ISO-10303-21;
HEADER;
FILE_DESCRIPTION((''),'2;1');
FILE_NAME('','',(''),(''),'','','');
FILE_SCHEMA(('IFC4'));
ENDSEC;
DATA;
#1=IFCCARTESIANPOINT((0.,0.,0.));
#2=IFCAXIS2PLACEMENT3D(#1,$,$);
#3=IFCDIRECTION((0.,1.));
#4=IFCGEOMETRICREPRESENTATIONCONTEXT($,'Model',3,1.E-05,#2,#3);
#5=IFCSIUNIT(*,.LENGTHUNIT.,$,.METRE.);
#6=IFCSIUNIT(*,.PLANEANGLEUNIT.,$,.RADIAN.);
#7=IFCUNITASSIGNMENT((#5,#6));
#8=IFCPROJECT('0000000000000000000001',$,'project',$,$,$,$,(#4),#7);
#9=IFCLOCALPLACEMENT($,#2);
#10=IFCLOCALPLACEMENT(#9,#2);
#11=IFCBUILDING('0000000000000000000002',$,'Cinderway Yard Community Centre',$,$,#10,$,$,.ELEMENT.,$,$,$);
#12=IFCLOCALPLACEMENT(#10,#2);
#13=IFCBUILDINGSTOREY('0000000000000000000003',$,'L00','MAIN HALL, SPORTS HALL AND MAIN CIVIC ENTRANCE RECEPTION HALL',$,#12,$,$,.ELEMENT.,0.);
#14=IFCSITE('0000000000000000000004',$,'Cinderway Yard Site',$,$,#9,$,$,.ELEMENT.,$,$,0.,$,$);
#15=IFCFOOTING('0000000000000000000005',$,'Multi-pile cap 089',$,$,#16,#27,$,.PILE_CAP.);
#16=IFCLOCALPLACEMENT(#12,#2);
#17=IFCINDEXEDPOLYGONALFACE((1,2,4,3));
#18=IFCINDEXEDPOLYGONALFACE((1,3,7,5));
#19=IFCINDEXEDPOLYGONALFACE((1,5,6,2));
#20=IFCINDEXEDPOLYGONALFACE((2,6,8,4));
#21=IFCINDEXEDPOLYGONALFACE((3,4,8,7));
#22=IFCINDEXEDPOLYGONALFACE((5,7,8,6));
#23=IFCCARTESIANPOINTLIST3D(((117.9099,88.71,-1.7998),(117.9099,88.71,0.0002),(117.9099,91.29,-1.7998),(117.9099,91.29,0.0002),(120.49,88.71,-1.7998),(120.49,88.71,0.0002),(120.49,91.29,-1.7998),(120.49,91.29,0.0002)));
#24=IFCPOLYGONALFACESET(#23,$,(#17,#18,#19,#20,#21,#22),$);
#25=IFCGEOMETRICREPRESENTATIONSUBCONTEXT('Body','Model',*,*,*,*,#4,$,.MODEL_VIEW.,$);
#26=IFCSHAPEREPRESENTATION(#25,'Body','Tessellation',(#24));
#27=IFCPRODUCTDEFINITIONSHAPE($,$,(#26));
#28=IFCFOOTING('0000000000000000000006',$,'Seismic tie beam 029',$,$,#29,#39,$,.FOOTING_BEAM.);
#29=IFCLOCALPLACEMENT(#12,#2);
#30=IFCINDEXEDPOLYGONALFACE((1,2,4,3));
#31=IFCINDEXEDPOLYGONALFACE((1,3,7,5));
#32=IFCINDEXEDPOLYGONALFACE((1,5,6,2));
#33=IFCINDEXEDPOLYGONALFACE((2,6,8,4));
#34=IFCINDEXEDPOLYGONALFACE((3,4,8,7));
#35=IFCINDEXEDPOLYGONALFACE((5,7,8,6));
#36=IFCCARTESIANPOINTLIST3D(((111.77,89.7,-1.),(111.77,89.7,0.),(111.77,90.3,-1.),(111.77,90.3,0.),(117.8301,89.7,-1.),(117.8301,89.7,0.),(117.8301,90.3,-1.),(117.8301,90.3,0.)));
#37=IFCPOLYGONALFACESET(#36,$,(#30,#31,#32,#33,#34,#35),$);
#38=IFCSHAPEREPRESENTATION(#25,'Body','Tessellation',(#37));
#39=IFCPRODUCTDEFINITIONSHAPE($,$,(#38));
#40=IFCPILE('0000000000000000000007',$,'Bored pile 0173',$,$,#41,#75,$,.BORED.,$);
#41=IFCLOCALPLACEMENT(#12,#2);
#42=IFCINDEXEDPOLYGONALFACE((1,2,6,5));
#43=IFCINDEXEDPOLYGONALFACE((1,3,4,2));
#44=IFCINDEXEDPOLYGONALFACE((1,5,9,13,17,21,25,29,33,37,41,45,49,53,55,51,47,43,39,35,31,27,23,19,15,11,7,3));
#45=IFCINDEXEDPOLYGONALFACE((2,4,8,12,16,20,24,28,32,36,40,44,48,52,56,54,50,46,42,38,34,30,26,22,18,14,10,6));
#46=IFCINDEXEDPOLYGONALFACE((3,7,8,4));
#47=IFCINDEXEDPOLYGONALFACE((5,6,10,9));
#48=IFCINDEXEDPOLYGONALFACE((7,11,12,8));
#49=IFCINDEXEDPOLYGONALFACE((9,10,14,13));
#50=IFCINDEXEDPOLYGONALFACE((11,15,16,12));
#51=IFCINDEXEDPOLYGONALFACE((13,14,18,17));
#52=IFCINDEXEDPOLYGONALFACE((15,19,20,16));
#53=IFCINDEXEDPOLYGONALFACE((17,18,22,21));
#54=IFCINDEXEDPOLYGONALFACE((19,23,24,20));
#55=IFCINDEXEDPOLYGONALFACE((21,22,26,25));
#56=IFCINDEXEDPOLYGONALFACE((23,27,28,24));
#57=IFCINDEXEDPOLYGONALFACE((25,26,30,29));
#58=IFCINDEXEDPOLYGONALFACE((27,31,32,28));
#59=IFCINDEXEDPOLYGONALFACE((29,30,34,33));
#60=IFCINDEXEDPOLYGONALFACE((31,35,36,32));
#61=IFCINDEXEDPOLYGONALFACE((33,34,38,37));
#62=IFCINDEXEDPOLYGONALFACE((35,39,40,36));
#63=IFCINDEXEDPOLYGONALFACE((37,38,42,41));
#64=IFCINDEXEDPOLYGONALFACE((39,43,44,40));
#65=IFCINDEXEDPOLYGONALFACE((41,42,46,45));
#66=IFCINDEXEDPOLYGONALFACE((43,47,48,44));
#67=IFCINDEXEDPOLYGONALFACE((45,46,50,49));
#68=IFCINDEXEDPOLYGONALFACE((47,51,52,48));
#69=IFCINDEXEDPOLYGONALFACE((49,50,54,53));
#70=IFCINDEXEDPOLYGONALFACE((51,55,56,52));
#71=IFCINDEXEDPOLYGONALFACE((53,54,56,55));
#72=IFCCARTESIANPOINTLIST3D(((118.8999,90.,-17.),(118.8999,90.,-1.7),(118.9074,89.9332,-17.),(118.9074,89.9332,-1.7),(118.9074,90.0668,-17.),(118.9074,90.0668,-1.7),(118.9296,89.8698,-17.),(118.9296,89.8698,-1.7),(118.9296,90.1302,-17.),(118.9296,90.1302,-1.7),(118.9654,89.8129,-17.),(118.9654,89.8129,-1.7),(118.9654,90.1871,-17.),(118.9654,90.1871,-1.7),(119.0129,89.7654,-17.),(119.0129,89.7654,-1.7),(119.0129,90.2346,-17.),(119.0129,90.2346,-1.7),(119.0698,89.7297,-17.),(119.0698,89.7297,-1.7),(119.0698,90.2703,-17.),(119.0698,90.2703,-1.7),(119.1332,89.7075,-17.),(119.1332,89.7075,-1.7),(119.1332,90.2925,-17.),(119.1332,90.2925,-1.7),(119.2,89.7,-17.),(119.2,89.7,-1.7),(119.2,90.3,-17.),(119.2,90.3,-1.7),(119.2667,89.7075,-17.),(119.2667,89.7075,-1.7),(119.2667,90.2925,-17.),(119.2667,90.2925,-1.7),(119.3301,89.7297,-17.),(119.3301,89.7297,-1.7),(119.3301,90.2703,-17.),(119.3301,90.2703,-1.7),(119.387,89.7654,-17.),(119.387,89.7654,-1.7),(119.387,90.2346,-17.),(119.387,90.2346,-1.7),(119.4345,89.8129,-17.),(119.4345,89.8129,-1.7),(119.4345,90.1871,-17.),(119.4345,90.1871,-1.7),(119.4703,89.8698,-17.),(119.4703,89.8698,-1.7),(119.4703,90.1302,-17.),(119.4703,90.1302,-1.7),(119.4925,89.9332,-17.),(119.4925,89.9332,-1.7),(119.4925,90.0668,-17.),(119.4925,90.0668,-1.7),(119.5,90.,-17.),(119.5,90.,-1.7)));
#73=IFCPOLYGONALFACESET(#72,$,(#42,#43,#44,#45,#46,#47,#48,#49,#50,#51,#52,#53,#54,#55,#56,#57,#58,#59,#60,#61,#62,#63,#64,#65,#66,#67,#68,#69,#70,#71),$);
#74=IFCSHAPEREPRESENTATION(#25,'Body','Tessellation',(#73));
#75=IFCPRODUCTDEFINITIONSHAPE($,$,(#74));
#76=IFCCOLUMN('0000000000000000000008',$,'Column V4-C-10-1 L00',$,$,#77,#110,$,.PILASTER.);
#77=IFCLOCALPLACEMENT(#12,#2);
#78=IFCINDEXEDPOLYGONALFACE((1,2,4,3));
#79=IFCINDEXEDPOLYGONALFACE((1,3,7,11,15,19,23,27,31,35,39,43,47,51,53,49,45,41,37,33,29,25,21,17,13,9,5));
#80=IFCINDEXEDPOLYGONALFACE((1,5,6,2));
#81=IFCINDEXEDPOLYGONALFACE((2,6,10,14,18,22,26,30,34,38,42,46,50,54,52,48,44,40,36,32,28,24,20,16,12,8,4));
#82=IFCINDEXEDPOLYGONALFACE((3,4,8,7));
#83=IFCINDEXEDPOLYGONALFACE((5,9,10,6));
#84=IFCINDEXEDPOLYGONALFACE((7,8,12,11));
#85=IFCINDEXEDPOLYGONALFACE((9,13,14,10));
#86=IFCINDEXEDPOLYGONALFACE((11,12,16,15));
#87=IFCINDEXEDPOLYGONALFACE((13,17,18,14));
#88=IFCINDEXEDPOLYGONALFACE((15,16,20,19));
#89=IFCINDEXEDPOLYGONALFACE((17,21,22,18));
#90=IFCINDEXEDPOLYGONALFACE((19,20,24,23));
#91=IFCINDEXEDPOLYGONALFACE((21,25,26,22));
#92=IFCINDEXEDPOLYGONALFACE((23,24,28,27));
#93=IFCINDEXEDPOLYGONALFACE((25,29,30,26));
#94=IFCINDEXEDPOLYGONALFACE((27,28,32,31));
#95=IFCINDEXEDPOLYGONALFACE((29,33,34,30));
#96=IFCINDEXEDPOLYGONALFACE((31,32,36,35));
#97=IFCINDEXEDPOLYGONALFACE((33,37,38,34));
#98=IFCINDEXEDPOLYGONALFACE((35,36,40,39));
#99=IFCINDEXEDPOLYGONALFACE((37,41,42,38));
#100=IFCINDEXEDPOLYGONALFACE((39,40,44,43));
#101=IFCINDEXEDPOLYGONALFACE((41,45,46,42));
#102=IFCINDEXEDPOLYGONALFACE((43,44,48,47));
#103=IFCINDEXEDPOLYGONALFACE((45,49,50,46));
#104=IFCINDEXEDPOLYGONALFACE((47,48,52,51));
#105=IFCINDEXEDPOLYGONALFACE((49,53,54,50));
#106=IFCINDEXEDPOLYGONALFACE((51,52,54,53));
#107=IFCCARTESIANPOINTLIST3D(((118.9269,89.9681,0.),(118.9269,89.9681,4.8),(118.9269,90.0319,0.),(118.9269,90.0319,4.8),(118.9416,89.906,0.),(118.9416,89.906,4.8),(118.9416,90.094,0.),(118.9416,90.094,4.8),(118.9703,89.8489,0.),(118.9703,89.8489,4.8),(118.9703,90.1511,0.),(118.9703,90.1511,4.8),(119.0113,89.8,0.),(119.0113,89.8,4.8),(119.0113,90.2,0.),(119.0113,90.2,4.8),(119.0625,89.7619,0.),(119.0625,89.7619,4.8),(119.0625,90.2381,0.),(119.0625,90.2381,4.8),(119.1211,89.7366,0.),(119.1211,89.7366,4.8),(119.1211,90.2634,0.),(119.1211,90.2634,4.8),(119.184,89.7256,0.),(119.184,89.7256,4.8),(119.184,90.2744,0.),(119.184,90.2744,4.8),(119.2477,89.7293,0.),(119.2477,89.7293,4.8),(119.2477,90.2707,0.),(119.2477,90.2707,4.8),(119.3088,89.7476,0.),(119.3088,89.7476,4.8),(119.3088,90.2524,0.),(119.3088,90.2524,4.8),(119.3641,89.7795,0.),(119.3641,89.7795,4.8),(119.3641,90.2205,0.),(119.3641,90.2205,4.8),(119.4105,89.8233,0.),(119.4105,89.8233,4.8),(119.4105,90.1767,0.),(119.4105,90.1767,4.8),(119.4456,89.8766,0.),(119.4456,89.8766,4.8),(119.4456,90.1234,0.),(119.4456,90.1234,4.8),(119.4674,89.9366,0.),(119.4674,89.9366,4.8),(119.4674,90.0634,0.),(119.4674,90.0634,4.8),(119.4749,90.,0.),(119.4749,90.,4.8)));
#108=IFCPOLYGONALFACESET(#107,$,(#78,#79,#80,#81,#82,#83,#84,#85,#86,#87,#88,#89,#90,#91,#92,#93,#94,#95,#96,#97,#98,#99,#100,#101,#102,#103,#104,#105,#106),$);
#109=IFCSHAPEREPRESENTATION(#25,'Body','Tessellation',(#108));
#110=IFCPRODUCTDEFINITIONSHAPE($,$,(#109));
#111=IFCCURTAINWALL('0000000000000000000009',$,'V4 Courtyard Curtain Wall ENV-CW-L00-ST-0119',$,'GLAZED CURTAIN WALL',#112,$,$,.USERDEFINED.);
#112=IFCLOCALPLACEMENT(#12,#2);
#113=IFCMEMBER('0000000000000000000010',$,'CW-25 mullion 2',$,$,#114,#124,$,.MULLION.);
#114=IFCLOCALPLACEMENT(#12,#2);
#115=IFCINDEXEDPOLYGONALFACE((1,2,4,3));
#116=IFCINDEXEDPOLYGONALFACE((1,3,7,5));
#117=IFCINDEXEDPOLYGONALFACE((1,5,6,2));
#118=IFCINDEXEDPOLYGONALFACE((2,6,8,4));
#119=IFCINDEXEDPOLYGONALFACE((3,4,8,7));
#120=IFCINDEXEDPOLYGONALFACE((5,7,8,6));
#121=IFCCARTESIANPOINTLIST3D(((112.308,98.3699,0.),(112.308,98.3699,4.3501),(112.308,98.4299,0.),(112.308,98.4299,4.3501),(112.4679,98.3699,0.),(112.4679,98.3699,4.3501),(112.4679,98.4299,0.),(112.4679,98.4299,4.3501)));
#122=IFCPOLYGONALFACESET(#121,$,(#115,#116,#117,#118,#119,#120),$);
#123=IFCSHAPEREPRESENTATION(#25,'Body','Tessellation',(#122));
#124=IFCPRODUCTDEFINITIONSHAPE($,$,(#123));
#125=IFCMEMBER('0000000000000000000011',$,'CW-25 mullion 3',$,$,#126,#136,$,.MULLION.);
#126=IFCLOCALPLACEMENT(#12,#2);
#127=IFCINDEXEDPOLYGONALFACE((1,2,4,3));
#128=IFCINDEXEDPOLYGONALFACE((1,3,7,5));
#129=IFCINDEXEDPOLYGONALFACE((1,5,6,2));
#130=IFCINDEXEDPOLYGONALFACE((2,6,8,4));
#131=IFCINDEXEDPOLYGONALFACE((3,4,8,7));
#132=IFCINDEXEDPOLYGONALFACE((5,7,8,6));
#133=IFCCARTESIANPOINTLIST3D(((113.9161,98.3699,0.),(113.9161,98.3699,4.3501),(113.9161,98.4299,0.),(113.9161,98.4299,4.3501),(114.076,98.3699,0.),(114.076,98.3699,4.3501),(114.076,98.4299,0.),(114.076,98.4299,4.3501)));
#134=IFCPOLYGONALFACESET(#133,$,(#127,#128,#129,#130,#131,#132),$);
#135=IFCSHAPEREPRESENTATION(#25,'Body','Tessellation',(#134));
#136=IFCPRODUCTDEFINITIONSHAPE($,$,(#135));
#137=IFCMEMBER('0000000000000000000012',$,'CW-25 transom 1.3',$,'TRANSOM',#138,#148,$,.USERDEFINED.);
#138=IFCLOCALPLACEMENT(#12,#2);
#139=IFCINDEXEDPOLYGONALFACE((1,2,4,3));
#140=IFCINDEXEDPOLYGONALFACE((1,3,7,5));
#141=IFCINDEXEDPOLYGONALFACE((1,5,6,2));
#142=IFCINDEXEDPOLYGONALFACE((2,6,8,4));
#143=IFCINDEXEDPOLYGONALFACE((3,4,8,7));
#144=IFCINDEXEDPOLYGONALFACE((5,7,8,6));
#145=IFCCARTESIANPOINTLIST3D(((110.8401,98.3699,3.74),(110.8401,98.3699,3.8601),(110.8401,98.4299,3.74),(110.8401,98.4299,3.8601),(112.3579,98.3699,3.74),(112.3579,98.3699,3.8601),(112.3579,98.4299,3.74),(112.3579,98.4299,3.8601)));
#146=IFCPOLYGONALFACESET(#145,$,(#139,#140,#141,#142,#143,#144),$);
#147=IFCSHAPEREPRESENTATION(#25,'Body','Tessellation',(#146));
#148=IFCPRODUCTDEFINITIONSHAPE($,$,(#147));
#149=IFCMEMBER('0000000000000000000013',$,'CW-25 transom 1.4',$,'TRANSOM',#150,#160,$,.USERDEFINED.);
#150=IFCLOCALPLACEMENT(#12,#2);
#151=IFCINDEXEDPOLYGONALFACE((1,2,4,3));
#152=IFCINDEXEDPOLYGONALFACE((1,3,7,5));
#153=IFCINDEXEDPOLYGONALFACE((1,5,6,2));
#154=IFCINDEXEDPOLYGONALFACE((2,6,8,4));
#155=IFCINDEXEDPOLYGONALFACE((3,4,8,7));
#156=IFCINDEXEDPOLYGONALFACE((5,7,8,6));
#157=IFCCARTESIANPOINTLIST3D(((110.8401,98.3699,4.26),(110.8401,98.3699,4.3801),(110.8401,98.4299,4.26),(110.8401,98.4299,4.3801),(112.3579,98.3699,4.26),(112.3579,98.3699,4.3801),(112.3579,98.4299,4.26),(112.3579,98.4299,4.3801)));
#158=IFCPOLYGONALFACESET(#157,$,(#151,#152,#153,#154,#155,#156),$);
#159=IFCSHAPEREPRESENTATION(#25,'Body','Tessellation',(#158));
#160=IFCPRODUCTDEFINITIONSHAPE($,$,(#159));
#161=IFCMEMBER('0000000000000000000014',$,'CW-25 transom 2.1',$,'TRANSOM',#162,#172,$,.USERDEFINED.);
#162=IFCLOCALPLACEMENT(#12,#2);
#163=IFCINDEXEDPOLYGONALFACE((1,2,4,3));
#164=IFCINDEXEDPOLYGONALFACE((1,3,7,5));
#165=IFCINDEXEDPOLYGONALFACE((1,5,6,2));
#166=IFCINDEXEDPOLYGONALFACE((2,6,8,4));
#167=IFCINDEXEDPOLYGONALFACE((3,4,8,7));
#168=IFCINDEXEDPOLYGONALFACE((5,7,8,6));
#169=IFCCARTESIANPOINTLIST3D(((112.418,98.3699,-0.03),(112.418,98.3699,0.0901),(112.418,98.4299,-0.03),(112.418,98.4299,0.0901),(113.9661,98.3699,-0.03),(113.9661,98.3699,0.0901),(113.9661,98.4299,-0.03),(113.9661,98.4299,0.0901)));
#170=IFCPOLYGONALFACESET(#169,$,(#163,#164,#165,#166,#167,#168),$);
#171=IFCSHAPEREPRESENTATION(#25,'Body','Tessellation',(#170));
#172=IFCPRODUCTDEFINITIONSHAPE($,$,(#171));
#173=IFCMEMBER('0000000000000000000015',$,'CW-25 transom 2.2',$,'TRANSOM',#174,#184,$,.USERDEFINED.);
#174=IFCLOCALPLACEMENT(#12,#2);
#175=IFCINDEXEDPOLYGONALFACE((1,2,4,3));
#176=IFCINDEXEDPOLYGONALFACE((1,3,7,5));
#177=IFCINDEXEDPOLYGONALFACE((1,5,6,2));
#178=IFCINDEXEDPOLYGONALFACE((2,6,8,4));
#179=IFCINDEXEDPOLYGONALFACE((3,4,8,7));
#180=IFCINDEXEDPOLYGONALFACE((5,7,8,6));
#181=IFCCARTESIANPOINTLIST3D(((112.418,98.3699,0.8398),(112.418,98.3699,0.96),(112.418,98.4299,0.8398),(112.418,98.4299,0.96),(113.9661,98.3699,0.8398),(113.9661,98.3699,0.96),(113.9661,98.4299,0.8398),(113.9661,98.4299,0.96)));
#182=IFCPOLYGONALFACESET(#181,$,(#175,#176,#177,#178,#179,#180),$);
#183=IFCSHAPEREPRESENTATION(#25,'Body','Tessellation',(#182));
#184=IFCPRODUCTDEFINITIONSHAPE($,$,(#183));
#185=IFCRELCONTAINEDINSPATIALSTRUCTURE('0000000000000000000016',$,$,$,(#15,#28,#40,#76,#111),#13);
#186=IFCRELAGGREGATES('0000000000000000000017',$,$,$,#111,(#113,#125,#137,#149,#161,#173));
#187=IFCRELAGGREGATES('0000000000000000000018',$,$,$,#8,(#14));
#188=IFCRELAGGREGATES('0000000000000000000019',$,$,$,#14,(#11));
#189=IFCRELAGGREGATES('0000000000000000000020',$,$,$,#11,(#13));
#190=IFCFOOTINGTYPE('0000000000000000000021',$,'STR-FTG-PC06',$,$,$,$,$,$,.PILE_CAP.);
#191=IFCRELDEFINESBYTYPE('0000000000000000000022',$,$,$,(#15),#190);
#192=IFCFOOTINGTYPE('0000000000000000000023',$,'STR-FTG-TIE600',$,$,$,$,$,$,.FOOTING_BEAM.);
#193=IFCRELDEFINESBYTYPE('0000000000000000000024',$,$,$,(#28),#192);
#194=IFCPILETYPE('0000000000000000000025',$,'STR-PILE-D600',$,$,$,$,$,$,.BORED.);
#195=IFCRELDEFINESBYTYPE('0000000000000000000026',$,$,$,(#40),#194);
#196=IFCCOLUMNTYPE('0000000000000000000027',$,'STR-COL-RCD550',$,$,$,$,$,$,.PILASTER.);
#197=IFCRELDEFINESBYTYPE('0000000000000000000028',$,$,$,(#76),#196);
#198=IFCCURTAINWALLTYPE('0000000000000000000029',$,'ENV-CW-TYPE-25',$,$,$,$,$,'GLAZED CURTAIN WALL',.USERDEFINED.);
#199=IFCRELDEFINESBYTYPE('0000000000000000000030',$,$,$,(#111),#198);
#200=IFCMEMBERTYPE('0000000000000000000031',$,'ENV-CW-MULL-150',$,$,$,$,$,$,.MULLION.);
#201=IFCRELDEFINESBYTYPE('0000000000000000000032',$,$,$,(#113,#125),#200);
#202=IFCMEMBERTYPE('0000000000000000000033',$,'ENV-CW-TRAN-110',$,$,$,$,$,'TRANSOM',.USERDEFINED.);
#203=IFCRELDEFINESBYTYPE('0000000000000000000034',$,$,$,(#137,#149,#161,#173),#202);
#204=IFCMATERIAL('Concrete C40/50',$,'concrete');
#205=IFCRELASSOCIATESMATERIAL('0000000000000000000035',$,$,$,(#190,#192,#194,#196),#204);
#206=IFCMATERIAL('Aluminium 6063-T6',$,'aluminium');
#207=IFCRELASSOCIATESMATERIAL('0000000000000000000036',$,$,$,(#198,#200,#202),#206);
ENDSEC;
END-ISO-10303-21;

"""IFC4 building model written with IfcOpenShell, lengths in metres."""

from ifc_helpers import new_model, si_unit, direction, frame, origin, origin_2d, place, context, subcontext, project, spatial, rectangle, circle, extrude, material, material_profile, profile_set, type_object, element, aggregate, save


model = new_model("IFC4")

# Units and contexts
model_context = context("Model", 3, precision=1e-05, world=origin(), true_north=direction((0.0, 1.0)))
body_context = subcontext(model_context, "Body", "Model", "MODEL_VIEW")
ifc_project = project(units=[si_unit("LENGTHUNIT", "METRE"), si_unit("PLANEANGLEUNIT", "RADIAN")], contexts=[model_context])

# Site, building, storey
site_placement = place(None, origin())
site = spatial("IfcSite", under=ifc_project, at=site_placement, Name="Cinderway Yard Site", CompositionType="ELEMENT", RefElevation=0.0)
building_placement = place(site_placement, origin())
building = spatial("IfcBuilding", under=site, at=building_placement, Name="Cinderway Yard Community Centre", CompositionType="ELEMENT")
storey_placement = place(building_placement, origin())
storey = spatial("IfcBuildingStorey", under=building, at=storey_placement, Name="L00", Description="MAIN HALL, SPORTS HALL AND MAIN CIVIC ENTRANCE RECEPTION HALL", CompositionType="ELEMENT", Elevation=0.0)

# Footings
ifc_material_1 = material(Name="Concrete C40/50", Category="concrete")
footing_type_1 = type_object("IfcFootingType", Name="STR-FTG-PC06", PredefinedType="PILE_CAP", material=ifc_material_1)
footing_1_placement = place(storey_placement, frame((119.2, 90.0, -1.7998), z_axis=(0.0, 0.0, 1.0), x_axis=(1.0, 0.0, 0.0)))
element("IfcFooting", 1, at=footing_1_placement, inside=storey, type_object=footing_type_1, Name="Multi-pile cap 089", PredefinedType="PILE_CAP", context=body_context, shape_type="SweptSolid", body=[
    extrude(rectangle(XDim=2.5801, YDim=2.5801, at=origin_2d()), origin(), (0.0, 0.0, 1.0), 1.8),
])
footing_type_2 = type_object("IfcFootingType", Name="STR-FTG-TIE600", PredefinedType="FOOTING_BEAM", material=ifc_material_1)
footing_2_placement = place(storey_placement, frame((114.8, 90.0, -1.0), z_axis=(0.0, 0.0, 1.0), x_axis=(1.0, 0.0, 0.0)))
element("IfcFooting", 2, at=footing_2_placement, inside=storey, type_object=footing_type_2, Name="Seismic tie beam 029", PredefinedType="FOOTING_BEAM", context=body_context, shape_type="SweptSolid", body=[
    extrude(rectangle(XDim=6.0601, YDim=0.6001, at=origin_2d()), origin(), (0.0, 0.0, 1.0), 1.0),
])

# Pile
ifc_material_profile_1 = material_profile(ifc_material_1, circle(Radius=0.3, at=origin_2d()), Name="Concrete C40/50")
ifc_profile_set_1 = profile_set([ifc_material_profile_1], Name="Concrete C40/50")
pile_type = type_object("IfcPileType", Name="STR-PILE-D600", PredefinedType="BORED", material=ifc_profile_set_1)
pile_placement = place(storey_placement, frame((119.2, 90.0, -1.7), z_axis=(0.0, 0.0, -1.0), x_axis=(1.0, 0.0, 0.0)))
element("IfcPile", 3, at=pile_placement, inside=storey, type_object=pile_type, Name="Bored pile 0173", PredefinedType="BORED", context=body_context, shape_type="SweptSolid", body=[
    extrude(circle(Radius=0.3, at=origin_2d()), origin(), (0.0, 0.0, 1.0), 15.3),
])

# Column
ifc_material_profile_2 = material_profile(ifc_material_1, circle(Radius=0.2749, at=origin_2d()), Name="Concrete C40/50")
ifc_profile_set_2 = profile_set([ifc_material_profile_2], Name="Concrete C40/50")
column_type = type_object("IfcColumnType", Name="STR-COL-RCD550", PredefinedType="PILASTER", material=ifc_profile_set_2)
column_placement = place(storey_placement, frame((119.2, 90.0, 0.0), z_axis=(0.0, 0.0, 1.0), x_axis=(1.0, 0.0, 0.0)))
element("IfcColumn", 4, at=column_placement, inside=storey, type_object=column_type, Name="Column V4-C-10-1 L00", PredefinedType="PILASTER", context=body_context, shape_type="SweptSolid", body=[
    extrude(circle(Radius=0.2749, at=origin_2d()), origin(), (0.0, 0.0, 1.0), 4.8),
])

# Curtain wall, members
ifc_material_2 = material(Name="Aluminium 6063-T6", Category="aluminium")
curtain_wall_type = type_object("IfcCurtainWallType", Name="ENV-CW-TYPE-25", ElementType="GLAZED CURTAIN WALL", PredefinedType="USERDEFINED", material=ifc_material_2)
curtain_wall_placement = place(storey_placement, origin())
curtain_wall = element("IfcCurtainWall", 5, at=curtain_wall_placement, inside=storey, type_object=curtain_wall_type, Name="V4 Courtyard Curtain Wall ENV-CW-L00-ST-0119", ObjectType="GLAZED CURTAIN WALL", PredefinedType="USERDEFINED")
ifc_material_profile_3 = material_profile(ifc_material_2, rectangle(XDim=0.0601, YDim=0.1599, at=origin_2d()), Name="Aluminium 6063-T6")
ifc_profile_set_3 = profile_set([ifc_material_profile_3], Name="Aluminium 6063-T6")
member_type_1 = type_object("IfcMemberType", Name="ENV-CW-MULL-150", PredefinedType="MULLION", material=ifc_profile_set_3)
member_1_placement = place(storey_placement, frame((112.3879, 98.3999, 0.0), z_axis=(0.0, 0.0, 1.0), x_axis=(0.0, 1.0, 0.0)))
member_1 = element("IfcMember", 6, at=member_1_placement, type_object=member_type_1, Name="CW-25 mullion 2", PredefinedType="MULLION", context=body_context, shape_type="SweptSolid", body=[
    extrude(rectangle(XDim=0.0601, YDim=0.1599, at=origin_2d()), origin(), (0.0, 0.0, 1.0), 4.3501),
])
member_2_placement = place(storey_placement, frame((113.9961, 98.3999, 0.0), z_axis=(0.0, 0.0, 1.0), x_axis=(0.0, 1.0, 0.0)))
member_2 = element("IfcMember", 7, at=member_2_placement, type_object=member_type_1, Name="CW-25 mullion 3", PredefinedType="MULLION", context=body_context, shape_type="SweptSolid", body=[
    extrude(rectangle(XDim=0.0601, YDim=0.1599, at=origin_2d()), origin(), (0.0, 0.0, 1.0), 4.3501),
])
ifc_material_profile_4 = material_profile(ifc_material_2, rectangle(XDim=0.0601, YDim=0.1201, at=origin_2d()), Name="Aluminium 6063-T6")
ifc_profile_set_4 = profile_set([ifc_material_profile_4], Name="Aluminium 6063-T6")
member_type_2 = type_object("IfcMemberType", Name="ENV-CW-TRAN-110", ElementType="TRANSOM", PredefinedType="USERDEFINED", material=ifc_profile_set_4)
member_3_placement = place(storey_placement, frame((110.8401, 98.3999, 3.8), z_axis=(1.0, 0.0, 0.0), x_axis=(0.0, 1.0, 0.0)))
member_3 = element("IfcMember", 8, at=member_3_placement, type_object=member_type_2, Name="CW-25 transom 1.3", ObjectType="TRANSOM", PredefinedType="USERDEFINED", context=body_context, shape_type="SweptSolid", body=[
    extrude(rectangle(XDim=0.0601, YDim=0.1201, at=origin_2d()), origin(), (0.0, 0.0, 1.0), 1.5178),
])
member_4_placement = place(storey_placement, frame((110.8401, 98.3999, 4.3201), z_axis=(1.0, 0.0, 0.0), x_axis=(0.0, 1.0, 0.0)))
member_4 = element("IfcMember", 9, at=member_4_placement, type_object=member_type_2, Name="CW-25 transom 1.4", ObjectType="TRANSOM", PredefinedType="USERDEFINED", context=body_context, shape_type="SweptSolid", body=[
    extrude(rectangle(XDim=0.0601, YDim=0.1201, at=origin_2d()), origin(), (0.0, 0.0, 1.0), 1.5178),
])
member_5_placement = place(storey_placement, frame((112.418, 98.3999, 0.03), z_axis=(1.0, 0.0, 0.0), x_axis=(0.0, 1.0, 0.0)))
member_5 = element("IfcMember", 10, at=member_5_placement, type_object=member_type_2, Name="CW-25 transom 2.1", ObjectType="TRANSOM", PredefinedType="USERDEFINED", context=body_context, shape_type="SweptSolid", body=[
    extrude(rectangle(XDim=0.0601, YDim=0.1201, at=origin_2d()), origin(), (0.0, 0.0, 1.0), 1.5481),
])
member_6_placement = place(storey_placement, frame((112.418, 98.3999, 0.8999), z_axis=(1.0, 0.0, 0.0), x_axis=(0.0, 1.0, 0.0)))
member_6 = element("IfcMember", 11, at=member_6_placement, type_object=member_type_2, Name="CW-25 transom 2.2", ObjectType="TRANSOM", PredefinedType="USERDEFINED", context=body_context, shape_type="SweptSolid", body=[
    extrude(rectangle(XDim=0.0601, YDim=0.1201, at=origin_2d()), origin(), (0.0, 0.0, 1.0), 1.5481),
])
aggregate(curtain_wall, [member_1, member_2, member_3, member_4, member_5, member_6])

save(model, "model.ifc")
